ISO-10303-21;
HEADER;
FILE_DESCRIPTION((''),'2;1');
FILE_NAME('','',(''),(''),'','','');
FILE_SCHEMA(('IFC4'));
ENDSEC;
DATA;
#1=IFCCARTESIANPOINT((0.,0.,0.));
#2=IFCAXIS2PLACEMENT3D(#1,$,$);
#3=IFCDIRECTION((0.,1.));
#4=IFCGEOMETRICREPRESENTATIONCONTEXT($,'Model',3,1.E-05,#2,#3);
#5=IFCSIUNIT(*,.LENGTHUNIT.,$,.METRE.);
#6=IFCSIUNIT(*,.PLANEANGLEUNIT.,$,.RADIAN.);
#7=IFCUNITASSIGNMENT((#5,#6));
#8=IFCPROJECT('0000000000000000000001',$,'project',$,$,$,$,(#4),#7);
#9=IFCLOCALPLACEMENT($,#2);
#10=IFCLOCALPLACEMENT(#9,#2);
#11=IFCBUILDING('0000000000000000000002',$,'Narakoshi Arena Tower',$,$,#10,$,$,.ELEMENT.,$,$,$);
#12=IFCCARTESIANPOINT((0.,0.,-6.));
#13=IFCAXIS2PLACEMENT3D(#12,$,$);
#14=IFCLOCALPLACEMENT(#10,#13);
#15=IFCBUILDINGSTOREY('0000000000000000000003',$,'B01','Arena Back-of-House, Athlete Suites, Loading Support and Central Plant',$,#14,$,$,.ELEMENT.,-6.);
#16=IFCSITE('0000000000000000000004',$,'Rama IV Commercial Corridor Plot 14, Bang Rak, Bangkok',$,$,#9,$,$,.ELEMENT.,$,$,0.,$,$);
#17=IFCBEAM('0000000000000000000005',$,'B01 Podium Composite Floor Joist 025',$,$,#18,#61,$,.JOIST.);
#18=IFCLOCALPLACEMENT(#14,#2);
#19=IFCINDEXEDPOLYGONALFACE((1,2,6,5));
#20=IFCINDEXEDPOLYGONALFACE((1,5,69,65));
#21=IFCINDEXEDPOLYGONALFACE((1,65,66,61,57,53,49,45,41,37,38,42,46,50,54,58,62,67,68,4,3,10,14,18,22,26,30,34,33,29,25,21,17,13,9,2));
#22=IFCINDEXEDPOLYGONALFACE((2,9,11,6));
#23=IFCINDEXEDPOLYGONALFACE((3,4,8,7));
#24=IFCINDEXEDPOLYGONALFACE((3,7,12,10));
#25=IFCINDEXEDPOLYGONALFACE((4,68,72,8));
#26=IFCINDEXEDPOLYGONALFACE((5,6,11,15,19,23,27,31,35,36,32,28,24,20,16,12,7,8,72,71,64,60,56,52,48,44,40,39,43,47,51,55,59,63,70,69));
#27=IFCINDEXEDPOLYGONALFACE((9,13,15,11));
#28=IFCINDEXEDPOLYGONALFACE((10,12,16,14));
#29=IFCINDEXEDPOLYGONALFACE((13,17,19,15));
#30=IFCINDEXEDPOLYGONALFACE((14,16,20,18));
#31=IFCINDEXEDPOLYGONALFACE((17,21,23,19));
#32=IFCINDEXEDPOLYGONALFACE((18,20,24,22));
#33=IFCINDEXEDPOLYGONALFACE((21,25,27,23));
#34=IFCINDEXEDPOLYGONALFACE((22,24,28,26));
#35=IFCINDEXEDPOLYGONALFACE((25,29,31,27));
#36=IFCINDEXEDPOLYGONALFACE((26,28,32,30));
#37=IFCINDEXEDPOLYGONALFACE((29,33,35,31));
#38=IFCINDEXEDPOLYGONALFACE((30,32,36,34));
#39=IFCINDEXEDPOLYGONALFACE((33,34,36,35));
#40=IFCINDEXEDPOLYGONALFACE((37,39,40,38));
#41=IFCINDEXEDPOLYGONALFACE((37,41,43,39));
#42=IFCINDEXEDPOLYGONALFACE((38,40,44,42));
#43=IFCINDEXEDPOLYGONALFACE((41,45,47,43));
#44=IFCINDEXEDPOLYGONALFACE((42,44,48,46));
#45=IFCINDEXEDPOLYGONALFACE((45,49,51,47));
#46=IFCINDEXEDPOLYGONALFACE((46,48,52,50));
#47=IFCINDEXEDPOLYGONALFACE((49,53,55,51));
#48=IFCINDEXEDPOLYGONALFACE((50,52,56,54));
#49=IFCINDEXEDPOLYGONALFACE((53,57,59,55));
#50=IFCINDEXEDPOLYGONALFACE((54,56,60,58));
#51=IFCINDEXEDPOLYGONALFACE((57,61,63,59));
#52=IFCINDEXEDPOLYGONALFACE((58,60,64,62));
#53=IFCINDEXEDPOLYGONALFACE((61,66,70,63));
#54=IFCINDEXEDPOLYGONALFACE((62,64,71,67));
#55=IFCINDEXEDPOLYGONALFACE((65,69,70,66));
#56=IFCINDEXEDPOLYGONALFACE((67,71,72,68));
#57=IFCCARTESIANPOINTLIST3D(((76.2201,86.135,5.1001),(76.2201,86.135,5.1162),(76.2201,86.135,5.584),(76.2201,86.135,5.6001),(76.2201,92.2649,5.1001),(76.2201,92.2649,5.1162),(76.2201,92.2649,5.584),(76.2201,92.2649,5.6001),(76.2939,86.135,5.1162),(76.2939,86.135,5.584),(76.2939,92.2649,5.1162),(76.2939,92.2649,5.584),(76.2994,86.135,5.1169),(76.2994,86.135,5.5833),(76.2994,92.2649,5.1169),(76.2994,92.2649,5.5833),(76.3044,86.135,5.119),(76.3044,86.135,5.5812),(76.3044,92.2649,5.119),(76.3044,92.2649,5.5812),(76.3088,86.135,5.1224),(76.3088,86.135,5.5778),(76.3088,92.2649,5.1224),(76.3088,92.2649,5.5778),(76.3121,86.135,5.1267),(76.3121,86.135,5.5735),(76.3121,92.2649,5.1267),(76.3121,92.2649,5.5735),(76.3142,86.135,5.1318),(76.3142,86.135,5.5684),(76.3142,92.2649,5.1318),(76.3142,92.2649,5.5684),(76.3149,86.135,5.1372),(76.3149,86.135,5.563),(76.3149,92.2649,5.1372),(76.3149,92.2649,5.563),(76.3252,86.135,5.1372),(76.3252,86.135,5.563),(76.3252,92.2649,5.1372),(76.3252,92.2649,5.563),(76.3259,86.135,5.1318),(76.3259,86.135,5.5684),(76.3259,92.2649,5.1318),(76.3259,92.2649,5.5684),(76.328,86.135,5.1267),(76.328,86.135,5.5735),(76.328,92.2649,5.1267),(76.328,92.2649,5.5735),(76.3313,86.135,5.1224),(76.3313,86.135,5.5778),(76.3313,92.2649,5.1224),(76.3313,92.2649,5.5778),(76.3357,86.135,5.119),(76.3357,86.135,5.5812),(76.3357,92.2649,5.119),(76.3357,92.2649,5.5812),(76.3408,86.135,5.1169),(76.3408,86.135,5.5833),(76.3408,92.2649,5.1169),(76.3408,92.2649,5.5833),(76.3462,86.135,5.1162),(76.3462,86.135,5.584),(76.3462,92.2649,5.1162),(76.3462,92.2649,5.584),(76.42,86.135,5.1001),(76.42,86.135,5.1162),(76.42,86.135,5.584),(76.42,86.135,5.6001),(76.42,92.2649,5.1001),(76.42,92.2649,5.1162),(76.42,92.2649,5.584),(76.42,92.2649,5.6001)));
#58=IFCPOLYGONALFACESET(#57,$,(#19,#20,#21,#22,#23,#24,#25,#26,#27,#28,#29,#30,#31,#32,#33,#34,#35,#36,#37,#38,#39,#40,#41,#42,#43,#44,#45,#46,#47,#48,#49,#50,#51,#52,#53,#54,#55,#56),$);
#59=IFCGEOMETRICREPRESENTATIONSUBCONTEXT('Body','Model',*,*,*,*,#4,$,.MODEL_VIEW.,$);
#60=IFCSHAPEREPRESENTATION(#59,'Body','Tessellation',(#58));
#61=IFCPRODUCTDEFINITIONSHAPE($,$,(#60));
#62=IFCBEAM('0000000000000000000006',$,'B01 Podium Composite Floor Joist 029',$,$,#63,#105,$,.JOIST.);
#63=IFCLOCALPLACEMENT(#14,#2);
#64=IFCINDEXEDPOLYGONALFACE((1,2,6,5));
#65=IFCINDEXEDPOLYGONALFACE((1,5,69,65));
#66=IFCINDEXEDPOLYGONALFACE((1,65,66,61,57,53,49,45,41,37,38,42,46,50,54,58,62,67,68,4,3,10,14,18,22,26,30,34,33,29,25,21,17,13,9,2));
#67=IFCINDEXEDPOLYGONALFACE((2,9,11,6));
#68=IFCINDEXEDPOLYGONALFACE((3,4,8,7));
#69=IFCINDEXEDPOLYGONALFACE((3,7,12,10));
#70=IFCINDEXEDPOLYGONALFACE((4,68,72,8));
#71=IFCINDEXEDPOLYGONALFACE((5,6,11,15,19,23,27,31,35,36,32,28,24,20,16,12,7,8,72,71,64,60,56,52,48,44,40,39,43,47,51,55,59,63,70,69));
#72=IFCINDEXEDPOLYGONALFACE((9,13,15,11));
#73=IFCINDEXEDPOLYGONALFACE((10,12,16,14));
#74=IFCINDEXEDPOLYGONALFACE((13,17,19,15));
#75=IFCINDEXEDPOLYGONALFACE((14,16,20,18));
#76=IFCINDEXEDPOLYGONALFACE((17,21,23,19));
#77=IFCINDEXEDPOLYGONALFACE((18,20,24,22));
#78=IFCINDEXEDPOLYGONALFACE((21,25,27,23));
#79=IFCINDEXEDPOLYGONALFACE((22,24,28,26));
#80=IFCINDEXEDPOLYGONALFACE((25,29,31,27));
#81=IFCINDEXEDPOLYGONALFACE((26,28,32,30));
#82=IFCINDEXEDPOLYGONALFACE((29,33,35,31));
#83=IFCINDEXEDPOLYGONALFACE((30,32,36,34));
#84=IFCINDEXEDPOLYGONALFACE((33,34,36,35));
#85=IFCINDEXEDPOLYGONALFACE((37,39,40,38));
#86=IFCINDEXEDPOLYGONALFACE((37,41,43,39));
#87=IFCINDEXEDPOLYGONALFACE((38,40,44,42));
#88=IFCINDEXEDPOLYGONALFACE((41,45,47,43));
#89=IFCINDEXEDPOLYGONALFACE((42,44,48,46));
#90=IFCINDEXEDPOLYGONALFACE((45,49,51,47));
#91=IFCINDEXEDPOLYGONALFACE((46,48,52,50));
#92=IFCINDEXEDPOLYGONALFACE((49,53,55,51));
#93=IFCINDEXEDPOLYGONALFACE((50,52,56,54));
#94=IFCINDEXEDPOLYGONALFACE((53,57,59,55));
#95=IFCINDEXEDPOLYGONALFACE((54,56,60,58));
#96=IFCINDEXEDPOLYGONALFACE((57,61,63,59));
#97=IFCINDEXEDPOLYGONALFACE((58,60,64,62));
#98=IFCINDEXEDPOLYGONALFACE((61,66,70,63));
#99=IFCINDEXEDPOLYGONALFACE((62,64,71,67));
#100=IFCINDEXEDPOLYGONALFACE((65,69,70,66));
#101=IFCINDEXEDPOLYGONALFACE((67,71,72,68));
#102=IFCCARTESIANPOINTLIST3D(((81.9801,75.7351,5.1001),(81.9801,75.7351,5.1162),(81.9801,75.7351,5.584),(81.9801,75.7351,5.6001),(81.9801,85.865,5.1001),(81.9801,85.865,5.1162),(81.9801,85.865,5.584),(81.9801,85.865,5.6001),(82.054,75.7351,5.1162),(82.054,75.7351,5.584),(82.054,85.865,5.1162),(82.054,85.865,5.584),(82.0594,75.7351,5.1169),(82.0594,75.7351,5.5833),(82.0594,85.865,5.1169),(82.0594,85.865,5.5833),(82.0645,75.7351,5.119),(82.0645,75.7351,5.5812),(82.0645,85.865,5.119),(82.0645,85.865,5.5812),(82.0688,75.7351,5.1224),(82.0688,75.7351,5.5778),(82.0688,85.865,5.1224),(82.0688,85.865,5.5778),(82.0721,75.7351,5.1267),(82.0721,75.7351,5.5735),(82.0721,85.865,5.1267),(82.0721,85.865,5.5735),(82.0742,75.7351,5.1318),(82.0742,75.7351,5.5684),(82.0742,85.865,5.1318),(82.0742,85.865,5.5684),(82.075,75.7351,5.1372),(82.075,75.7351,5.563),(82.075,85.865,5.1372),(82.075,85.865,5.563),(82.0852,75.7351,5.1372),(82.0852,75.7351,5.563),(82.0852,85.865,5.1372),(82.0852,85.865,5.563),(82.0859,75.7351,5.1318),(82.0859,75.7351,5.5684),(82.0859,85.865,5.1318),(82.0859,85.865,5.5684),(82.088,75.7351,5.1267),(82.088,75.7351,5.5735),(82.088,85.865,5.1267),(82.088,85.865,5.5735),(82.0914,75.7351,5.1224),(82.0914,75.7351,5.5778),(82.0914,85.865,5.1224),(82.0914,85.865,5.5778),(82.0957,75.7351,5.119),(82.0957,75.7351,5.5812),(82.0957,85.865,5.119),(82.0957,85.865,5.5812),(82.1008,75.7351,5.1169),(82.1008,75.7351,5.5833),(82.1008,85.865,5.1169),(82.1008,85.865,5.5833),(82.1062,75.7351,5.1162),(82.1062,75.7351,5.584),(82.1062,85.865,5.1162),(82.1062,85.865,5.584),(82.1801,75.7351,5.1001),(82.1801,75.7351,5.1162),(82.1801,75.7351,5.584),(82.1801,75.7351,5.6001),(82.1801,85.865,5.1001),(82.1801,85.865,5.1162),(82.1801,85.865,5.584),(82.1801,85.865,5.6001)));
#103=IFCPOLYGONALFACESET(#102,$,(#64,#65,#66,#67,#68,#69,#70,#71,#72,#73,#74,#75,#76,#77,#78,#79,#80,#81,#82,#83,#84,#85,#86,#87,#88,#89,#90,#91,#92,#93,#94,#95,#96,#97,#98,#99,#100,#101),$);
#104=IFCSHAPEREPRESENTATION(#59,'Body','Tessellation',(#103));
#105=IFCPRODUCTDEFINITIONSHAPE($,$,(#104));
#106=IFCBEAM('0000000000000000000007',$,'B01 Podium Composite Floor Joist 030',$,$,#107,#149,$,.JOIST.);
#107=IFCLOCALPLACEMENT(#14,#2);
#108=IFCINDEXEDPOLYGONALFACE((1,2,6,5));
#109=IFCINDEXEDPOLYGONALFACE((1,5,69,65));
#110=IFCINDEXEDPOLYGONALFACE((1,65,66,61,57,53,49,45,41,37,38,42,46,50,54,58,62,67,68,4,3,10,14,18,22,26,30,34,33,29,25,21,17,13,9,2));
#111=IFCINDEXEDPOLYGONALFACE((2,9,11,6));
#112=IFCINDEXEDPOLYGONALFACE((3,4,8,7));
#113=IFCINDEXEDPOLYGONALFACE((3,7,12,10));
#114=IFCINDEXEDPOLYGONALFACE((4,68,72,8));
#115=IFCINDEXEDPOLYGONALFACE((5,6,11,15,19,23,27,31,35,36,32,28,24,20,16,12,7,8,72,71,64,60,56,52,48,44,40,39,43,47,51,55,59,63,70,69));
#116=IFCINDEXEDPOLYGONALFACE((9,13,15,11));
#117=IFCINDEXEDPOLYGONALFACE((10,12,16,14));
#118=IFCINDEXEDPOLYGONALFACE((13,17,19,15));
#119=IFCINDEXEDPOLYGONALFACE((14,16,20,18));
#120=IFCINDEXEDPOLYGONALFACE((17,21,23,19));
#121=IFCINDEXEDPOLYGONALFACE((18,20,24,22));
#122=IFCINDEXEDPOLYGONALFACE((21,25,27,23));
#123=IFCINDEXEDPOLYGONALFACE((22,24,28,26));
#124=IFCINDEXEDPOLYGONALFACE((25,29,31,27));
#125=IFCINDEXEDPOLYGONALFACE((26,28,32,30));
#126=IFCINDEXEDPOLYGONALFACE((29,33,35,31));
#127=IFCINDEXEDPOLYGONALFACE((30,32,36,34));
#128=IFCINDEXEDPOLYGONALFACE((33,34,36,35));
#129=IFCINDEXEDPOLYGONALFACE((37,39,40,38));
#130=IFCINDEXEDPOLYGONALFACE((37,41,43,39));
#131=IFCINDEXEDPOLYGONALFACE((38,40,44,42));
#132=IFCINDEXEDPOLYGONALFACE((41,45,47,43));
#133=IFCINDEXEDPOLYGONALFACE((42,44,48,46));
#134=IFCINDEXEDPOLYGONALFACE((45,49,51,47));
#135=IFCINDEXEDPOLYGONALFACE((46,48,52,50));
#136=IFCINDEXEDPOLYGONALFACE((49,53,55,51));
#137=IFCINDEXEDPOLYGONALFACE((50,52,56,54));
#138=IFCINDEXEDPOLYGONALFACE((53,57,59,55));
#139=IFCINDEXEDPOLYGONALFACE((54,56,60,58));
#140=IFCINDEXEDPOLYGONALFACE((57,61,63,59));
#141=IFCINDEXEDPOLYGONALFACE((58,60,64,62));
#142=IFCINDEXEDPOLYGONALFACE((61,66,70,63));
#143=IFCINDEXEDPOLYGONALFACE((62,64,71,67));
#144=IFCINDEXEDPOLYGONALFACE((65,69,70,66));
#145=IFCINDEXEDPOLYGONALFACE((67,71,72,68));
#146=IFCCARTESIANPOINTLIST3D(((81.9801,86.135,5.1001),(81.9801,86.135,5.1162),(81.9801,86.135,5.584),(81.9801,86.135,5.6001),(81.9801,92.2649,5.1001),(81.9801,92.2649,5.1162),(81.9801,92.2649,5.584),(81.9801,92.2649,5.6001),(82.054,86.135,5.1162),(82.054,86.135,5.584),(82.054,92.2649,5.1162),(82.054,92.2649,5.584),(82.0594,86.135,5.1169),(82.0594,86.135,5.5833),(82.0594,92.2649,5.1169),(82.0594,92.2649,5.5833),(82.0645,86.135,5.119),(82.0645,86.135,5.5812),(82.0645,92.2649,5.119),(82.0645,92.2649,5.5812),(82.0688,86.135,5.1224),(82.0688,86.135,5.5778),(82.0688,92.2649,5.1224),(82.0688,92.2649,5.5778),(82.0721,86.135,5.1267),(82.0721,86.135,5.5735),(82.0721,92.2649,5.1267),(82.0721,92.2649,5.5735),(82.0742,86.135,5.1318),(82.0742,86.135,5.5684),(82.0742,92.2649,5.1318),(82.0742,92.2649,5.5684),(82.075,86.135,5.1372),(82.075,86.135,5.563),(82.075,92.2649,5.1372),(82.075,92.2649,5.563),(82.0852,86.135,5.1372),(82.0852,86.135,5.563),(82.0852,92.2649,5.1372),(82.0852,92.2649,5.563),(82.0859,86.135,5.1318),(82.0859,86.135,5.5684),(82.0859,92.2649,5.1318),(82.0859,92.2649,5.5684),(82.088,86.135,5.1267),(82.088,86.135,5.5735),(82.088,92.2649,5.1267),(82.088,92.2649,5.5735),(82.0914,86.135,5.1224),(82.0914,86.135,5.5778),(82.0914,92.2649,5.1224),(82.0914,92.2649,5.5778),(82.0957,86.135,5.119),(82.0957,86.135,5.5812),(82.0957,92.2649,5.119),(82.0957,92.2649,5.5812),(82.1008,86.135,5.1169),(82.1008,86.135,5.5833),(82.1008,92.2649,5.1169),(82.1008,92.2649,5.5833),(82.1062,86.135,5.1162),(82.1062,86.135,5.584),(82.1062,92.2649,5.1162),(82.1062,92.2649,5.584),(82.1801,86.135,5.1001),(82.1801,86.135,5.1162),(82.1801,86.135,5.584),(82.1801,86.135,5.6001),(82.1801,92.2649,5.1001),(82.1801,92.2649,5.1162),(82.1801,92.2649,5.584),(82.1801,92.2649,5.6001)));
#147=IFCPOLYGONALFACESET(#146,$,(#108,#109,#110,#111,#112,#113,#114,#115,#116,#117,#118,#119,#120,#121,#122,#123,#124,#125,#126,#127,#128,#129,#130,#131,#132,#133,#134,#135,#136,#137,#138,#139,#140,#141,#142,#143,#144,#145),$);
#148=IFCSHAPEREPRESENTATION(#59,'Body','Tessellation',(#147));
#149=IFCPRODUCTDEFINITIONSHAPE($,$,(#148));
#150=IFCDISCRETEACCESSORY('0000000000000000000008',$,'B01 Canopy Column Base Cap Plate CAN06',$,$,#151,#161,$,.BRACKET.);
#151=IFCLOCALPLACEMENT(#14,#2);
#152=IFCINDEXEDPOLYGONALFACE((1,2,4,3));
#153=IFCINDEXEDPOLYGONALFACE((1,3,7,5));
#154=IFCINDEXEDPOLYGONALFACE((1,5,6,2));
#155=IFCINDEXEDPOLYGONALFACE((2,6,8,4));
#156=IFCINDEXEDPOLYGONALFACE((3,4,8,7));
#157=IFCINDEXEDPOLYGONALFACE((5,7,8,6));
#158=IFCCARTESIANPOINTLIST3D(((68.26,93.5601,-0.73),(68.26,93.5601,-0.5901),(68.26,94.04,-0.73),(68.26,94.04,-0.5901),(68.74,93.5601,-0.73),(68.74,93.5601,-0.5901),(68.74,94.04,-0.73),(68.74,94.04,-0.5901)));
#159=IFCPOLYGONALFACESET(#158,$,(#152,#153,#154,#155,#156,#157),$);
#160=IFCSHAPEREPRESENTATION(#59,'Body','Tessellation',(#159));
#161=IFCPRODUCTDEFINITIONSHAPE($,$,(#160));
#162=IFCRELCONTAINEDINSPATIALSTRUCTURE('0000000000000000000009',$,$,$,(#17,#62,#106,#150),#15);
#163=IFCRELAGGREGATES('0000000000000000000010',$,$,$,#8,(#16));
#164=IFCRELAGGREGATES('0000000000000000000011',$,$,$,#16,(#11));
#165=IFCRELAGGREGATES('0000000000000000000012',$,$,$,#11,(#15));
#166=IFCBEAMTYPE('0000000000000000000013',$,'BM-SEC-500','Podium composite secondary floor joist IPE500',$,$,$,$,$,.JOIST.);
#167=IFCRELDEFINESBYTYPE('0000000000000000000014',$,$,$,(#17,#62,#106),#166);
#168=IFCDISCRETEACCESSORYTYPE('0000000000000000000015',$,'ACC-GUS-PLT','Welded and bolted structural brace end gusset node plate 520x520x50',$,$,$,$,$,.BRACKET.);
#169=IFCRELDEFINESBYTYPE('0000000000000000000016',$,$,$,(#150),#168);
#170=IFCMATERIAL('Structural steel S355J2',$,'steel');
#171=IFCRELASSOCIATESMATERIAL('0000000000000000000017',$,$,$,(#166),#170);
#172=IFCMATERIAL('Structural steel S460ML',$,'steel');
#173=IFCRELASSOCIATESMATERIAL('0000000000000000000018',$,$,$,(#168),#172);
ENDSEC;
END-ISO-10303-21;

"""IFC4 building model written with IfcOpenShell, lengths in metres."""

from ifc_helpers import new_model, si_unit, direction, frame, origin, origin_2d, place, context, subcontext, project, spatial, rectangle, i_section, extrude, material, material_profile, profile_set, type_object, element, save


model = new_model("IFC4")

# Units and contexts
model_context = context("Model", 3, precision=1e-05, world=origin(), true_north=direction((0.0, 1.0)))
body_context = subcontext(model_context, "Body", "Model", "MODEL_VIEW")
ifc_project = project(units=[si_unit("LENGTHUNIT", "METRE"), si_unit("PLANEANGLEUNIT", "RADIAN")], contexts=[model_context])

# Site, building, storey
site_placement = place(None, origin())
site = spatial("IfcSite", under=ifc_project, at=site_placement, Name="Rama IV Commercial Corridor Plot 14, Bang Rak, Bangkok", CompositionType="ELEMENT", RefElevation=0.0)
building_placement = place(site_placement, origin())
building = spatial("IfcBuilding", under=site, at=building_placement, Name="Narakoshi Arena Tower", CompositionType="ELEMENT")
storey_placement = place(building_placement, frame((0.0, 0.0, -6.0)))
storey = spatial("IfcBuildingStorey", under=building, at=storey_placement, Name="B01", Description="Arena Back-of-House, Athlete Suites, Loading Support and Central Plant", CompositionType="ELEMENT", Elevation=-6.0)

# Shared definitions
ifc_material_1 = material(Name="Structural steel S355J2", Category="steel")

# Beams
ifc_material_profile_1 = material_profile(ifc_material_1, i_section(OverallWidth=0.2, OverallDepth=0.5, WebThickness=0.0103, FlangeThickness=0.0161, FilletRadius=0.021, at=origin_2d()), Name="IPE500")
ifc_profile_set_1 = profile_set([ifc_material_profile_1], Name="Structural steel S355J2")
beam_type_1 = type_object("IfcBeamType", Name="BM-SEC-500", Description="Podium composite secondary floor joist IPE500", PredefinedType="JOIST", material=ifc_profile_set_1)
beam_1_placement = place(storey_placement, frame((76.3201, 86.135, 5.3501), z_axis=(0.0, 1.0, 0.0), x_axis=(-1.0, 0.0, 0.0)))
element("IfcBeam", 1, at=beam_1_placement, inside=storey, type_object=beam_type_1, Name="B01 Podium Composite Floor Joist 025", PredefinedType="JOIST", context=body_context, shape_type="SweptSolid", body=[
    extrude(i_section(OverallWidth=0.2, OverallDepth=0.5, WebThickness=0.0103, FlangeThickness=0.0161, FilletRadius=0.021, at=origin_2d()), origin(), (0.0, 0.0, 1.0), 6.1299),
])
beam_2_placement = place(storey_placement, frame((82.0801, 75.7351, 5.3501), z_axis=(0.0, 1.0, 0.0), x_axis=(-1.0, 0.0, 0.0)))
element("IfcBeam", 2, at=beam_2_placement, inside=storey, type_object=beam_type_1, Name="B01 Podium Composite Floor Joist 029", PredefinedType="JOIST", context=body_context, shape_type="SweptSolid", body=[
    extrude(i_section(OverallWidth=0.2, OverallDepth=0.5, WebThickness=0.0103, FlangeThickness=0.0161, FilletRadius=0.021, at=origin_2d()), origin(), (0.0, 0.0, 1.0), 10.1299),
])
beam_3_placement = place(storey_placement, frame((82.0801, 86.135, 5.3501), z_axis=(0.0, 1.0, 0.0), x_axis=(-1.0, 0.0, 0.0)))
element("IfcBeam", 3, at=beam_3_placement, inside=storey, type_object=beam_type_1, Name="B01 Podium Composite Floor Joist 030", PredefinedType="JOIST", context=body_context, shape_type="SweptSolid", body=[
    extrude(i_section(OverallWidth=0.2, OverallDepth=0.5, WebThickness=0.0103, FlangeThickness=0.0161, FilletRadius=0.021, at=origin_2d()), origin(), (0.0, 0.0, 1.0), 6.1299),
])

# Discrete accessory
ifc_material_2 = material(Name="Structural steel S460ML", Category="steel")
discrete_accessory_type = type_object("IfcDiscreteAccessoryType", Name="ACC-GUS-PLT", Description="Welded and bolted structural brace end gusset node plate 520x520x50", PredefinedType="BRACKET", material=ifc_material_2)
discrete_accessory_placement = place(storey_placement, frame((68.5, 93.8, -0.73), z_axis=(0.0, 0.0, 1.0), x_axis=(1.0, 0.0, 0.0)))
element("IfcDiscreteAccessory", 4, at=discrete_accessory_placement, inside=storey, type_object=discrete_accessory_type, Name="B01 Canopy Column Base Cap Plate CAN06", PredefinedType="BRACKET", context=body_context, shape_type="SweptSolid", body=[
    extrude(rectangle(XDim=0.48, YDim=0.48, at=origin_2d()), origin(), (0.0, 0.0, 1.0), 0.1399),
])

save(model, "model.ifc")
